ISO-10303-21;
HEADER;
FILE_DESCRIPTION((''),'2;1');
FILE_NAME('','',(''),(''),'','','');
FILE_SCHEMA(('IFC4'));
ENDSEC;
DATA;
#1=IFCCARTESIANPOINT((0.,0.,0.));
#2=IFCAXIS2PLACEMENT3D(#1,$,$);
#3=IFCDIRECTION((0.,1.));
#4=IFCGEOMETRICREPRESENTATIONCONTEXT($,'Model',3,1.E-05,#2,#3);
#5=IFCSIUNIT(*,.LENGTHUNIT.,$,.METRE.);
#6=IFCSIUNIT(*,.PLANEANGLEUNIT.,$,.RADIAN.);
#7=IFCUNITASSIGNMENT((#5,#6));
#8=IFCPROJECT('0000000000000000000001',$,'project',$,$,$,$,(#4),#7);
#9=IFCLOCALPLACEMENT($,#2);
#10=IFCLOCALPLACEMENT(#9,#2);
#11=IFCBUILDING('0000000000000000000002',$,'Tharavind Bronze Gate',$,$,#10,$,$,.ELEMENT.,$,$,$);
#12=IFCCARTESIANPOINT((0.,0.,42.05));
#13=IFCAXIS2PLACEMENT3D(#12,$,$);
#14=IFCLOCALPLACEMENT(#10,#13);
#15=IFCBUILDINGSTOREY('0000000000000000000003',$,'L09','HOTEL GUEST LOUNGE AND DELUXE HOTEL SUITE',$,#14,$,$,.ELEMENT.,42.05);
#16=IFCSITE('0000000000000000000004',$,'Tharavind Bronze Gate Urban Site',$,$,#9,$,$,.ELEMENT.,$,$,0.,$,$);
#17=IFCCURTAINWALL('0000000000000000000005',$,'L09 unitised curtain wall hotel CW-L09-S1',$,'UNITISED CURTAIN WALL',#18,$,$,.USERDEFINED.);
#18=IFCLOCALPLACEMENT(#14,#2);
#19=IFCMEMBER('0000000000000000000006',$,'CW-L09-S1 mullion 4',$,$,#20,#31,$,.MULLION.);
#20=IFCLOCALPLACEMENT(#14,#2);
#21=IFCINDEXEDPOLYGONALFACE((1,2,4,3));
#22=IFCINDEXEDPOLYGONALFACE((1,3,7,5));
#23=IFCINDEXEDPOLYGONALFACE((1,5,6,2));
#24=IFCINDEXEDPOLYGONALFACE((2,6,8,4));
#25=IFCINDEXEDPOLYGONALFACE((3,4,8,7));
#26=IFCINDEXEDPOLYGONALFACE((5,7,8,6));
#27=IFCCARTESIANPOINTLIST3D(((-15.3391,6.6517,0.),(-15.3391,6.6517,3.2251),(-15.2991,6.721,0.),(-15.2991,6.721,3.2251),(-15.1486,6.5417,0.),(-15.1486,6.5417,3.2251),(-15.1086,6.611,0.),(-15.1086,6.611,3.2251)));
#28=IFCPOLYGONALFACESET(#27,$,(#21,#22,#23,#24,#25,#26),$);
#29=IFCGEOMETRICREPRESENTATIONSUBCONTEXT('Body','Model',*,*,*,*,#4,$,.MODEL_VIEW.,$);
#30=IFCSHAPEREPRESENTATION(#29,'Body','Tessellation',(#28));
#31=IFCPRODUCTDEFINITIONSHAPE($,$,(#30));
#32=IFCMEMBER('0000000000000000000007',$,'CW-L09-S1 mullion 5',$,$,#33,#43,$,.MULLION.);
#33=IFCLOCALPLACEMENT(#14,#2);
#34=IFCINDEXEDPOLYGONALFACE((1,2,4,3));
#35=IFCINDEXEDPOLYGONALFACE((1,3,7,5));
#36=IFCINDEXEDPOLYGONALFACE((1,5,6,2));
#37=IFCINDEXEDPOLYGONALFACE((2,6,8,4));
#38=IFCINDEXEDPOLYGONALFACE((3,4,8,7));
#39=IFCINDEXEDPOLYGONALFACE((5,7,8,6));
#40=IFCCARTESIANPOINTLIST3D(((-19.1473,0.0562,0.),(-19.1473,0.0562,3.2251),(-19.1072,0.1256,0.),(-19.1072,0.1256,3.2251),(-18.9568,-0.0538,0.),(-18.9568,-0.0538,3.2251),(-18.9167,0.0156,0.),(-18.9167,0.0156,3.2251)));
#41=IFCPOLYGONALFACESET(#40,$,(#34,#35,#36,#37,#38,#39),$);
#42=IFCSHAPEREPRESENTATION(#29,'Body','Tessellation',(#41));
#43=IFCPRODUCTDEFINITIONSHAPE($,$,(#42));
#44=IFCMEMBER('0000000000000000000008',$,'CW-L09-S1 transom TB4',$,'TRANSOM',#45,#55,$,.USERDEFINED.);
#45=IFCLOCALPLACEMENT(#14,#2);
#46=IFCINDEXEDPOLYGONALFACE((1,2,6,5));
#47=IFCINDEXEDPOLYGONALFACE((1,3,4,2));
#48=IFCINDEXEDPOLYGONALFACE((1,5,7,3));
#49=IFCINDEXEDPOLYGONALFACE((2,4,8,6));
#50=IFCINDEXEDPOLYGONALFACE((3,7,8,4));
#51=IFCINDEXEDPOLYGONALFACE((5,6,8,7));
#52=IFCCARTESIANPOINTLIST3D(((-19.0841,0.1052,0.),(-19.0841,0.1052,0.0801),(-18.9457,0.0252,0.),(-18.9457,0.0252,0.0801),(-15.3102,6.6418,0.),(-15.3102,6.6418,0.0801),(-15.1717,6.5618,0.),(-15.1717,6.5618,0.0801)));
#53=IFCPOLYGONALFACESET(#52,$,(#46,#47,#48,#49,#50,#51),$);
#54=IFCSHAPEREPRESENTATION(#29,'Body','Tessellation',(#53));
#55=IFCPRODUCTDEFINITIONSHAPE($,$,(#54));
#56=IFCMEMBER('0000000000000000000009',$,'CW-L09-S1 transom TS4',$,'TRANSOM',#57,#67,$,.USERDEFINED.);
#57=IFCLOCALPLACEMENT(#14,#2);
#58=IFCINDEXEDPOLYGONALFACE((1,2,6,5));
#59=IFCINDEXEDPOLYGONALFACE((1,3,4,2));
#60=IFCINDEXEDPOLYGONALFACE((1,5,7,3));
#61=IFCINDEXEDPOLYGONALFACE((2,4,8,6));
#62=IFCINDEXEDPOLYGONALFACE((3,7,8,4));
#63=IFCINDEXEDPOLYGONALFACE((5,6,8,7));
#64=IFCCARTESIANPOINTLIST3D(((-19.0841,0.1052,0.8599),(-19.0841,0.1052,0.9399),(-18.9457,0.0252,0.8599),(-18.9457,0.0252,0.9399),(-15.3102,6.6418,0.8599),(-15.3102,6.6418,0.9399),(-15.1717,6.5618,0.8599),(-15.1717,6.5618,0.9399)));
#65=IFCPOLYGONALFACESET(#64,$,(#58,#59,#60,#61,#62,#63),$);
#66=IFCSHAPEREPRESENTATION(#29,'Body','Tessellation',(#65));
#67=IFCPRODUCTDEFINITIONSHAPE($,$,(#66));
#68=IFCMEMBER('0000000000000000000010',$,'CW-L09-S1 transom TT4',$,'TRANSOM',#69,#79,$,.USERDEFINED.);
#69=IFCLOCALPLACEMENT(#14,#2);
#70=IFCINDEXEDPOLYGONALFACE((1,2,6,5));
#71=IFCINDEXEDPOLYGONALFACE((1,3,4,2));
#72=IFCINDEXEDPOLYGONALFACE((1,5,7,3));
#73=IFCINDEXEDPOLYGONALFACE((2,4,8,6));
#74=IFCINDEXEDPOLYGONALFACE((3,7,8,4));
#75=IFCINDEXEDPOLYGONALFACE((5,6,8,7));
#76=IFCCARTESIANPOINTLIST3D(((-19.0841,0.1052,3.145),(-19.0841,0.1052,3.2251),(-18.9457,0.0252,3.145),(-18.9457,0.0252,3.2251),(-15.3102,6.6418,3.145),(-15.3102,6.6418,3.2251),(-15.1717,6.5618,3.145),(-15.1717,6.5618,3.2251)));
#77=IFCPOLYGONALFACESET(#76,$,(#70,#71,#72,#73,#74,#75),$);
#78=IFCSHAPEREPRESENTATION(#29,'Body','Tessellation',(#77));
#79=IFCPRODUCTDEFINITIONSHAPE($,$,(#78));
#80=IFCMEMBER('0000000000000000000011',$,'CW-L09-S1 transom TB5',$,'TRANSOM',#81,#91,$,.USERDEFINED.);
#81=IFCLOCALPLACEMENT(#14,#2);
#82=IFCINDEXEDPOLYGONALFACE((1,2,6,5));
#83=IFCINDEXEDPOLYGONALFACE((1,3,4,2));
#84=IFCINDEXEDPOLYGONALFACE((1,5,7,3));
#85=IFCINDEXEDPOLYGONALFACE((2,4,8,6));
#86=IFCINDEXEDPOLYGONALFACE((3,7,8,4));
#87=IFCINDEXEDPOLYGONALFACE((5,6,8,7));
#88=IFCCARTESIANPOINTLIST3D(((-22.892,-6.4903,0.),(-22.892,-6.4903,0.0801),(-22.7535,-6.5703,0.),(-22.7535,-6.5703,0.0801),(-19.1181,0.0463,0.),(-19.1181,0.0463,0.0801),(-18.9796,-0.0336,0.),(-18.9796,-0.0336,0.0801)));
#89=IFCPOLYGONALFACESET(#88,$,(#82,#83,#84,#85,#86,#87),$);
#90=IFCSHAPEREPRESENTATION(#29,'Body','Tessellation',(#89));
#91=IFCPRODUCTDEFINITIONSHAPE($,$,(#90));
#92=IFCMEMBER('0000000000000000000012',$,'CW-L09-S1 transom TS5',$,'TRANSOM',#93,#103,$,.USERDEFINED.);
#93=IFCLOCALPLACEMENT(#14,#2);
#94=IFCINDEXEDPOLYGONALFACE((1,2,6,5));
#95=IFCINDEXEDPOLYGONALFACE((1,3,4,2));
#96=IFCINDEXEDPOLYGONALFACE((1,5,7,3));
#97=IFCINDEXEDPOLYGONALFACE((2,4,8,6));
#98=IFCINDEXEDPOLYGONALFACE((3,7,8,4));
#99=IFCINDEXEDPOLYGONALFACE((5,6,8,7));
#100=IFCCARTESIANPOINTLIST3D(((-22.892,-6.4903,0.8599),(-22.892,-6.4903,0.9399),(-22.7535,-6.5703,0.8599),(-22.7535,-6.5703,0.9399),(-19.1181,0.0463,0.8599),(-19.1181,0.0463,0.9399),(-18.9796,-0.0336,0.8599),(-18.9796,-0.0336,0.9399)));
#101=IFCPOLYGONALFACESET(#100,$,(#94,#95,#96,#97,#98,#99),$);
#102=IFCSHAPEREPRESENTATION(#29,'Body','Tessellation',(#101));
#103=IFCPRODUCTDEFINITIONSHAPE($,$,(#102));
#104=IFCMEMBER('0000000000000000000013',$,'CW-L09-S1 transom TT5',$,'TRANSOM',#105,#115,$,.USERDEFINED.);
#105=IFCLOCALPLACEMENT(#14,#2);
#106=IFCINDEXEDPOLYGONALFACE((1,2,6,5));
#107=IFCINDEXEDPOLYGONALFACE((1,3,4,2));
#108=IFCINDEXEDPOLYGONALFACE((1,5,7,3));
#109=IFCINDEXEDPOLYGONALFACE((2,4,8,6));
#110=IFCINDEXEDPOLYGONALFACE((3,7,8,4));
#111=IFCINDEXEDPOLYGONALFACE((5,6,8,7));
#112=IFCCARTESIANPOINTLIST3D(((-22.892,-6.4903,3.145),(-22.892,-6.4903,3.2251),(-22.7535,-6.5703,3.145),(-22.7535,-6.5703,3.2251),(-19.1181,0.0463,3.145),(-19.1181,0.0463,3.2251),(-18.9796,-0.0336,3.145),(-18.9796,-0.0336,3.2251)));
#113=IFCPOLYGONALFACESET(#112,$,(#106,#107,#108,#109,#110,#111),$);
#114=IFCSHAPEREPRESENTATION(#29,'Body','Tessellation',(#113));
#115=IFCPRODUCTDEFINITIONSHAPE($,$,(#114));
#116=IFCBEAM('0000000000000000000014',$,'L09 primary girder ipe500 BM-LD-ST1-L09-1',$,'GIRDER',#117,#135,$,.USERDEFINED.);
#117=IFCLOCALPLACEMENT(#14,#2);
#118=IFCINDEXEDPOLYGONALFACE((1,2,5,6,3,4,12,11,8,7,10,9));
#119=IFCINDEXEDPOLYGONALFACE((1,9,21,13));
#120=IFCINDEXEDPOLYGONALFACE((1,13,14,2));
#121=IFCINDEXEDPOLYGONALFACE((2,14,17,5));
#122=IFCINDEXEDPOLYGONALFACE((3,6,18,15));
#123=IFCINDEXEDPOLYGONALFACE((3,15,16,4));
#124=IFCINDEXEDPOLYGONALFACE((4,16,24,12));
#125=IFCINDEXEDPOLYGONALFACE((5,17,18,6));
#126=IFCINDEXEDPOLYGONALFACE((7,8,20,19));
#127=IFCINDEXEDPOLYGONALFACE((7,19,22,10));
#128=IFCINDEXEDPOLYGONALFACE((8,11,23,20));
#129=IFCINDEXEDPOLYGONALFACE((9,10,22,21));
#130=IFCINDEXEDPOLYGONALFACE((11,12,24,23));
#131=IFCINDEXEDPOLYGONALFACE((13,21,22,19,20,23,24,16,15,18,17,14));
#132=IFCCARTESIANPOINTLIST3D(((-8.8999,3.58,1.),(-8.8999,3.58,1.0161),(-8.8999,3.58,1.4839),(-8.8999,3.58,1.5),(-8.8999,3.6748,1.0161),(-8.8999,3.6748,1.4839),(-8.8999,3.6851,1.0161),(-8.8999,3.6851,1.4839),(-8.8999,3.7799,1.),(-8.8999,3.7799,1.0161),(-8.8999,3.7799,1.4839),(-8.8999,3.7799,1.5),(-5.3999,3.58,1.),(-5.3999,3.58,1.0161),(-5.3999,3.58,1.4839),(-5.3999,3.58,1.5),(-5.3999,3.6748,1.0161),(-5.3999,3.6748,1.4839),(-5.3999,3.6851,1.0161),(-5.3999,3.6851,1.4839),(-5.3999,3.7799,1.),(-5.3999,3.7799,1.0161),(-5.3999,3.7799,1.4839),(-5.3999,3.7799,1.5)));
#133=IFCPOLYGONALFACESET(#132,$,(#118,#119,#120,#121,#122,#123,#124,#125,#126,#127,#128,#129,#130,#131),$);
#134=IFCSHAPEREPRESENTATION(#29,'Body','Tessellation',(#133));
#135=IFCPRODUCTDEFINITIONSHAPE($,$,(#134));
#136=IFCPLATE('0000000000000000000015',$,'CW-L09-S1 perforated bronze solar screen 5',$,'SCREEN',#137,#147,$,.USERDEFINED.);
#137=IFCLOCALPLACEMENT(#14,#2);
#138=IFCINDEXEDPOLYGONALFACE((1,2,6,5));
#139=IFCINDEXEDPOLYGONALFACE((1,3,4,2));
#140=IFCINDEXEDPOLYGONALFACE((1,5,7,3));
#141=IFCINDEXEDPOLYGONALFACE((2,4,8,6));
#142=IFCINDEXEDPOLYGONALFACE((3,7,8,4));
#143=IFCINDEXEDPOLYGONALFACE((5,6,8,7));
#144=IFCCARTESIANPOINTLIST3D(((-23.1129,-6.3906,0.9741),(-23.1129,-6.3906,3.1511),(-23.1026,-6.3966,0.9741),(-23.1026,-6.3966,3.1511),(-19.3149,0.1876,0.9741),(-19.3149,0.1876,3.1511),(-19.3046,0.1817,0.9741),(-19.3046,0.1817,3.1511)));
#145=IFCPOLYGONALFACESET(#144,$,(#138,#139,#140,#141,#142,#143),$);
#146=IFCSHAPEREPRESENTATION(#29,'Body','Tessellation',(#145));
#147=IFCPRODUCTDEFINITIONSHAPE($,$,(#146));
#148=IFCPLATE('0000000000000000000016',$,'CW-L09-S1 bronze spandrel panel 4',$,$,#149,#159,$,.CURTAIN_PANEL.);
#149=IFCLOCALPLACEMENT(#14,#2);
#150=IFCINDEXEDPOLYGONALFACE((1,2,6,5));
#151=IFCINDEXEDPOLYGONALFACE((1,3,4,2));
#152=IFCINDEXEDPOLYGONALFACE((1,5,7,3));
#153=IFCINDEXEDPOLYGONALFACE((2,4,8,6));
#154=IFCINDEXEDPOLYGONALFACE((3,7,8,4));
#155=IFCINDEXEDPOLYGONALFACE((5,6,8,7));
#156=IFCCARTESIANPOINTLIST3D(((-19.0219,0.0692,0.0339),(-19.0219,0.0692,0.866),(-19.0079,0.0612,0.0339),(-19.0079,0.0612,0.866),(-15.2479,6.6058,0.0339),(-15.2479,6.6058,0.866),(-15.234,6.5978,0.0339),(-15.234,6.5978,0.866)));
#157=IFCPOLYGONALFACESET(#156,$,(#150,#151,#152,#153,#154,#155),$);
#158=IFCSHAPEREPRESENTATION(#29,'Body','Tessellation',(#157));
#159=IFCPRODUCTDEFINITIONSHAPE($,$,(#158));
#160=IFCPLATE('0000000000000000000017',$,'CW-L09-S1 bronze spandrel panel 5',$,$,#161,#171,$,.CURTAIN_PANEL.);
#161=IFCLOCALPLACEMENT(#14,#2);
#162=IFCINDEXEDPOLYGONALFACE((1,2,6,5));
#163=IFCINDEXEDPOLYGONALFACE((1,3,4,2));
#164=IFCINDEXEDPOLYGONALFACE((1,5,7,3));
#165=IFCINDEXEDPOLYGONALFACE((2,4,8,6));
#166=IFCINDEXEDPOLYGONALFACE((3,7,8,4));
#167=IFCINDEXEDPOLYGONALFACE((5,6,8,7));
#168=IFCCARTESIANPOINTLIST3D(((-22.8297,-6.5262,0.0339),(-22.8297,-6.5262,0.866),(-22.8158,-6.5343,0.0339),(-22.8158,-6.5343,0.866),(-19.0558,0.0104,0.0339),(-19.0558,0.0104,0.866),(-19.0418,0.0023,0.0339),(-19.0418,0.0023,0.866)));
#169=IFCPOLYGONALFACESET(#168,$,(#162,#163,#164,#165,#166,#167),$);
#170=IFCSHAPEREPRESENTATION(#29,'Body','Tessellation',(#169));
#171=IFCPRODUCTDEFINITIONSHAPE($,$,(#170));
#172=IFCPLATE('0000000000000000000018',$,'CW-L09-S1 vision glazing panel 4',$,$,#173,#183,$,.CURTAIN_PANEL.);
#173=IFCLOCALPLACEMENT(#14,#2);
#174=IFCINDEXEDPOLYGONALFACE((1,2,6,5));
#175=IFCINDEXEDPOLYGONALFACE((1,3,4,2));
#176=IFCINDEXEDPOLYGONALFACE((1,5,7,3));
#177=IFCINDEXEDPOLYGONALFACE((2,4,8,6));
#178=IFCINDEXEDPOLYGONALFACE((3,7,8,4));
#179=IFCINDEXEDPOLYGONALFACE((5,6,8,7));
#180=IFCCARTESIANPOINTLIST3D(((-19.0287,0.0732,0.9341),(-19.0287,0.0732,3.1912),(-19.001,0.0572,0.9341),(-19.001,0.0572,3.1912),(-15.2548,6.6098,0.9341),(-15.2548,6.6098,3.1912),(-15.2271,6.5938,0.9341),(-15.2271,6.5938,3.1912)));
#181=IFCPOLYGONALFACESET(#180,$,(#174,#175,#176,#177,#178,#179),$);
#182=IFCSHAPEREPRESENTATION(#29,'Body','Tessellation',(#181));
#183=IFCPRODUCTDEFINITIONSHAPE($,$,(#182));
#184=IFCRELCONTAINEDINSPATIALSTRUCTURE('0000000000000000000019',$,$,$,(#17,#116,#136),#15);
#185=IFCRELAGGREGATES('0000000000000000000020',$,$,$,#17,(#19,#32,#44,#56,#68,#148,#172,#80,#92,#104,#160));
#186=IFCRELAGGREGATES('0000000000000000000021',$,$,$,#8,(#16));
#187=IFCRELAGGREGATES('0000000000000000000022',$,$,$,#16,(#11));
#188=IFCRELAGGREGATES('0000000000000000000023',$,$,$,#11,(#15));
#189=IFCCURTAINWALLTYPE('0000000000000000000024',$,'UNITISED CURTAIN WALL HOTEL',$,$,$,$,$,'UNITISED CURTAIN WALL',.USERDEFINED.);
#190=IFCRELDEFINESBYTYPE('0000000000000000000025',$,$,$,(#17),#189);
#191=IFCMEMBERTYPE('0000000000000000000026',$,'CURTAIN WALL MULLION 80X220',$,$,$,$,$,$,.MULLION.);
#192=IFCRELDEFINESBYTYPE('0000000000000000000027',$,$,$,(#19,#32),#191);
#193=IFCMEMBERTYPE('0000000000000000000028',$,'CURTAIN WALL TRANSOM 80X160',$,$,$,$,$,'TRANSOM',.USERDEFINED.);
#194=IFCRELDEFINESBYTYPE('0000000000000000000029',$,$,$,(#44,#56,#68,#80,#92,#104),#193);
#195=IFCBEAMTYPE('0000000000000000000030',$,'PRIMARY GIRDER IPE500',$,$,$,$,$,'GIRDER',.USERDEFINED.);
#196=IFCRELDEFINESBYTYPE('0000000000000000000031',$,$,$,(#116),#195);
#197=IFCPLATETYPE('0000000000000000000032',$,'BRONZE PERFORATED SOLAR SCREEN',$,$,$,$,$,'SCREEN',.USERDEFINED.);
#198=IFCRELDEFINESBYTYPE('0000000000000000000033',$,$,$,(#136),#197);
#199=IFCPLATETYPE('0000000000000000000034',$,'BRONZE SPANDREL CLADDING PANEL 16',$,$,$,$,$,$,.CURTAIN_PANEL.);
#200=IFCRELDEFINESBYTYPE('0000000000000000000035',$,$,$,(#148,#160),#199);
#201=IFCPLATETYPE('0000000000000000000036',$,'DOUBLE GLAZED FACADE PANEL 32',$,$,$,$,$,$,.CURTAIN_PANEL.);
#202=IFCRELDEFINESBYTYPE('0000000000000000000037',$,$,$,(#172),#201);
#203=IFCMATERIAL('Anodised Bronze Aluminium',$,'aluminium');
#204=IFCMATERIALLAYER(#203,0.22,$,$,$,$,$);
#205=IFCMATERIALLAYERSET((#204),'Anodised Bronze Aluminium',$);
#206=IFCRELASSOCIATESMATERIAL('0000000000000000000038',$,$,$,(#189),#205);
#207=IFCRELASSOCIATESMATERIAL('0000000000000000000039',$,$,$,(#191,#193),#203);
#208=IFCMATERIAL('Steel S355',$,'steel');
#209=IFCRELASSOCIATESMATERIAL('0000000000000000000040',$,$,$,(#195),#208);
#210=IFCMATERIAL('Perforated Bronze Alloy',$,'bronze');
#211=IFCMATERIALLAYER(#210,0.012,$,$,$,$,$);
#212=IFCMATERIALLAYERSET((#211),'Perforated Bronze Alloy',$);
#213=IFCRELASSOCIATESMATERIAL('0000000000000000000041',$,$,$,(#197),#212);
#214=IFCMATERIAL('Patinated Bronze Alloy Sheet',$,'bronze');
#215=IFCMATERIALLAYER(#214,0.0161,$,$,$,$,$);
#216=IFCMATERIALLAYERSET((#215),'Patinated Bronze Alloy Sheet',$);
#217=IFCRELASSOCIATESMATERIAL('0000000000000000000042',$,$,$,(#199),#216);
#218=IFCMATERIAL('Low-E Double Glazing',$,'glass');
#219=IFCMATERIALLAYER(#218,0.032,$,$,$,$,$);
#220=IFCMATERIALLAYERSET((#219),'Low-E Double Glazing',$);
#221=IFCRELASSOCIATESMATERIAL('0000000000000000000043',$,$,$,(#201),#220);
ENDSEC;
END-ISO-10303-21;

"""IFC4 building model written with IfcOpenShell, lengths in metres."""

from ifc_helpers import new_model, si_unit, direction, frame, origin, origin_2d, place, context, subcontext, project, spatial, rectangle, i_section, extrude, material, layer, layer_set, material_profile, profile_set, type_object, element, aggregate, save


model = new_model("IFC4")

# Units and contexts
model_context = context("Model", 3, precision=1e-05, world=origin(), true_north=direction((0.0, 1.0)))
body_context = subcontext(model_context, "Body", "Model", "MODEL_VIEW")
ifc_project = project(units=[si_unit("LENGTHUNIT", "METRE"), si_unit("PLANEANGLEUNIT", "RADIAN")], contexts=[model_context])

# Site, building, storey
site_placement = place(None, origin())
site = spatial("IfcSite", under=ifc_project, at=site_placement, Name="Tharavind Bronze Gate Urban Site", CompositionType="ELEMENT", RefElevation=0.0)
building_placement = place(site_placement, origin())
building = spatial("IfcBuilding", under=site, at=building_placement, Name="Tharavind Bronze Gate", CompositionType="ELEMENT")
storey_placement = place(building_placement, frame((0.0, 0.0, 42.05)))
storey = spatial("IfcBuildingStorey", under=building, at=storey_placement, Name="L09", Description="HOTEL GUEST LOUNGE AND DELUXE HOTEL SUITE", CompositionType="ELEMENT", Elevation=42.05)

# Curtain wall, members
ifc_material_1 = material(Name="Anodised Bronze Aluminium", Category="aluminium")
ifc_layer_1 = layer(ifc_material_1, 0.22)
ifc_layer_set_1 = layer_set([ifc_layer_1], Name="Anodised Bronze Aluminium")
curtain_wall_type = type_object("IfcCurtainWallType", Name="UNITISED CURTAIN WALL HOTEL", ElementType="UNITISED CURTAIN WALL", PredefinedType="USERDEFINED", material=ifc_layer_set_1)
curtain_wall_placement = place(storey_placement, origin())
curtain_wall = element("IfcCurtainWall", 1, at=curtain_wall_placement, inside=storey, type_object=curtain_wall_type, Name="L09 unitised curtain wall hotel CW-L09-S1", ObjectType="UNITISED CURTAIN WALL", PredefinedType="USERDEFINED")
member_type_1 = type_object("IfcMemberType", Name="CURTAIN WALL MULLION 80X220", PredefinedType="MULLION", material=ifc_material_1)
member_1_placement = place(storey_placement, frame((-15.2239, 6.6313, 0.0), z_axis=(0.0, 0.0, 1.0), x_axis=(-0.500002, -0.866025, 0.0)))
member_1 = element("IfcMember", 2, at=member_1_placement, type_object=member_type_1, Name="CW-L09-S1 mullion 4", PredefinedType="MULLION", context=body_context, shape_type="SweptSolid", body=[
    extrude(rectangle(XDim=0.0801, YDim=0.22, at=origin_2d()), origin(), (0.0, 0.0, 1.0), 3.2251),
])
member_2_placement = place(storey_placement, frame((-19.032, 0.0359, 0.0), z_axis=(0.0, 0.0, 1.0), x_axis=(-0.500002, -0.866025, 0.0)))
member_2 = element("IfcMember", 3, at=member_2_placement, type_object=member_type_1, Name="CW-L09-S1 mullion 5", PredefinedType="MULLION", context=body_context, shape_type="SweptSolid", body=[
    extrude(rectangle(XDim=0.0801, YDim=0.22, at=origin_2d()), origin(), (0.0, 0.0, 1.0), 3.2251),
])
member_type_2 = type_object("IfcMemberType", Name="CURTAIN WALL TRANSOM 80X160", ElementType="TRANSOM", PredefinedType="USERDEFINED", material=ifc_material_1)
member_3_placement = place(storey_placement, frame((-17.1279, 3.3335, 0.0), z_axis=(0.0, 0.0, 1.0), x_axis=(-0.500002, -0.866025, 0.0)))
member_3 = element("IfcMember", 4, at=member_3_placement, type_object=member_type_2, Name="CW-L09-S1 transom TB4", ObjectType="TRANSOM", PredefinedType="USERDEFINED", context=body_context, shape_type="SweptSolid", body=[
    extrude(rectangle(XDim=7.5479, YDim=0.1599, at=origin_2d()), origin(), (0.0, 0.0, 1.0), 0.0801),
])
member_4_placement = place(storey_placement, frame((-17.1279, 3.3335, 0.8599), z_axis=(0.0, 0.0, 1.0), x_axis=(-0.500002, -0.866025, 0.0)))
member_4 = element("IfcMember", 5, at=member_4_placement, type_object=member_type_2, Name="CW-L09-S1 transom TS4", ObjectType="TRANSOM", PredefinedType="USERDEFINED", context=body_context, shape_type="SweptSolid", body=[
    extrude(rectangle(XDim=7.5479, YDim=0.1599, at=origin_2d()), origin(), (0.0, 0.0, 1.0), 0.0801),
])
member_5_placement = place(storey_placement, frame((-17.1279, 3.3335, 3.145), z_axis=(0.0, 0.0, 1.0), x_axis=(-0.500002, -0.866025, 0.0)))
member_5 = element("IfcMember", 6, at=member_5_placement, type_object=member_type_2, Name="CW-L09-S1 transom TT4", ObjectType="TRANSOM", PredefinedType="USERDEFINED", context=body_context, shape_type="SweptSolid", body=[
    extrude(rectangle(XDim=7.5479, YDim=0.1599, at=origin_2d()), origin(), (0.0, 0.0, 1.0), 0.0801),
])
member_6_placement = place(storey_placement, frame((-20.9358, -3.262, 0.0), z_axis=(0.0, 0.0, 1.0), x_axis=(-0.500002, -0.866025, 0.0)))
member_6 = element("IfcMember", 7, at=member_6_placement, type_object=member_type_2, Name="CW-L09-S1 transom TB5", ObjectType="TRANSOM", PredefinedType="USERDEFINED", context=body_context, shape_type="SweptSolid", body=[
    extrude(rectangle(XDim=7.5479, YDim=0.1599, at=origin_2d()), origin(), (0.0, 0.0, 1.0), 0.0801),
])
member_7_placement = place(storey_placement, frame((-20.9358, -3.262, 0.8599), z_axis=(0.0, 0.0, 1.0), x_axis=(-0.500002, -0.866025, 0.0)))
member_7 = element("IfcMember", 8, at=member_7_placement, type_object=member_type_2, Name="CW-L09-S1 transom TS5", ObjectType="TRANSOM", PredefinedType="USERDEFINED", context=body_context, shape_type="SweptSolid", body=[
    extrude(rectangle(XDim=7.5479, YDim=0.1599, at=origin_2d()), origin(), (0.0, 0.0, 1.0), 0.0801),
])
member_8_placement = place(storey_placement, frame((-20.9358, -3.262, 3.145), z_axis=(0.0, 0.0, 1.0), x_axis=(-0.500002, -0.866025, 0.0)))
member_8 = element("IfcMember", 9, at=member_8_placement, type_object=member_type_2, Name="CW-L09-S1 transom TT5", ObjectType="TRANSOM", PredefinedType="USERDEFINED", context=body_context, shape_type="SweptSolid", body=[
    extrude(rectangle(XDim=7.5479, YDim=0.1599, at=origin_2d()), origin(), (0.0, 0.0, 1.0), 0.0801),
])

# Beam
ifc_material_2 = material(Name="Steel S355", Category="steel")
ifc_material_profile = material_profile(ifc_material_2, i_section(OverallWidth=0.2, OverallDepth=0.5, WebThickness=0.0103, FlangeThickness=0.0161, at=origin_2d()), Name="IPE500")
ifc_profile_set = profile_set([ifc_material_profile], Name="Steel S355")
beam_type = type_object("IfcBeamType", Name="PRIMARY GIRDER IPE500", ElementType="GIRDER", PredefinedType="USERDEFINED", material=ifc_profile_set)
beam_placement = place(storey_placement, frame((-8.8999, 3.6799, 1.25), z_axis=(1.0, 0.0, 0.0), x_axis=(0.0, 1.0, 0.0)))
element("IfcBeam", 10, at=beam_placement, inside=storey, type_object=beam_type, Name="L09 primary girder ipe500 BM-LD-ST1-L09-1", ObjectType="GIRDER", PredefinedType="USERDEFINED", context=body_context, shape_type="SweptSolid", body=[
    extrude(i_section(OverallWidth=0.2, OverallDepth=0.5, WebThickness=0.0103, FlangeThickness=0.0161, at=origin_2d()), origin(), (0.0, 0.0, 1.0), 3.5),
])

# Plates
ifc_material_3 = material(Name="Perforated Bronze Alloy", Category="bronze")
ifc_layer_2 = layer(ifc_material_3, 0.012)
ifc_layer_set_2 = layer_set([ifc_layer_2], Name="Perforated Bronze Alloy")
plate_type_1 = type_object("IfcPlateType", Name="BRONZE PERFORATED SOLAR SCREEN", ElementType="SCREEN", PredefinedType="USERDEFINED", material=ifc_layer_set_2)
plate_1_placement = place(storey_placement, frame((-21.2087, -3.1045, 0.9741), z_axis=(0.0, 0.0, 1.0), x_axis=(-0.500002, -0.866025, 0.0)))
element("IfcPlate", 11, at=plate_1_placement, inside=storey, type_object=plate_type_1, Name="CW-L09-S1 perforated bronze solar screen 5", ObjectType="SCREEN", PredefinedType="USERDEFINED", context=body_context, shape_type="SweptSolid", body=[
    extrude(rectangle(XDim=7.5959, YDim=0.012, at=origin_2d()), origin(), (0.0, 0.0, 1.0), 2.177),
])
ifc_material_4 = material(Name="Patinated Bronze Alloy Sheet", Category="bronze")
ifc_layer_3 = layer(ifc_material_4, 0.0161)
ifc_layer_set_3 = layer_set([ifc_layer_3], Name="Patinated Bronze Alloy Sheet")
plate_type_2 = type_object("IfcPlateType", Name="BRONZE SPANDREL CLADDING PANEL 16", PredefinedType="CURTAIN_PANEL", material=ifc_layer_set_3)
plate_2_placement = place(storey_placement, frame((-17.1279, 3.3335, 0.0339), z_axis=(0.0, 0.0, 1.0), x_axis=(-0.500002, -0.866025, 0.0)))
plate_2 = element("IfcPlate", 12, at=plate_2_placement, type_object=plate_type_2, Name="CW-L09-S1 bronze spandrel panel 4", PredefinedType="CURTAIN_PANEL", context=body_context, shape_type="SweptSolid", body=[
    extrude(rectangle(XDim=7.5479, YDim=0.0161, at=origin_2d()), origin(), (0.0, 0.0, 1.0), 0.832),
])
plate_3_placement = place(storey_placement, frame((-20.9358, -3.262, 0.0339), z_axis=(0.0, 0.0, 1.0), x_axis=(-0.500002, -0.866025, 0.0)))
plate_3 = element("IfcPlate", 13, at=plate_3_placement, type_object=plate_type_2, Name="CW-L09-S1 bronze spandrel panel 5", PredefinedType="CURTAIN_PANEL", context=body_context, shape_type="SweptSolid", body=[
    extrude(rectangle(XDim=7.5479, YDim=0.0161, at=origin_2d()), origin(), (0.0, 0.0, 1.0), 0.832),
])
ifc_material_5 = material(Name="Low-E Double Glazing", Category="glass")
ifc_layer_4 = layer(ifc_material_5, 0.032)
ifc_layer_set_4 = layer_set([ifc_layer_4], Name="Low-E Double Glazing")
plate_type_3 = type_object("IfcPlateType", Name="DOUBLE GLAZED FACADE PANEL 32", PredefinedType="CURTAIN_PANEL", material=ifc_layer_set_4)
plate_4_placement = place(storey_placement, frame((-17.1279, 3.3335, 0.9341), z_axis=(0.0, 0.0, 1.0), x_axis=(-0.500002, -0.866025, 0.0)))
plate_4 = element("IfcPlate", 14, at=plate_4_placement, type_object=plate_type_3, Name="CW-L09-S1 vision glazing panel 4", PredefinedType="CURTAIN_PANEL", context=body_context, shape_type="SweptSolid", body=[
    extrude(rectangle(XDim=7.5479, YDim=0.032, at=origin_2d()), origin(), (0.0, 0.0, 1.0), 2.2571),
])
aggregate(curtain_wall, [member_1, member_2, member_3, member_4, member_5, plate_2, plate_4, member_6, member_7, member_8, plate_3])

save(model, "model.ifc")
